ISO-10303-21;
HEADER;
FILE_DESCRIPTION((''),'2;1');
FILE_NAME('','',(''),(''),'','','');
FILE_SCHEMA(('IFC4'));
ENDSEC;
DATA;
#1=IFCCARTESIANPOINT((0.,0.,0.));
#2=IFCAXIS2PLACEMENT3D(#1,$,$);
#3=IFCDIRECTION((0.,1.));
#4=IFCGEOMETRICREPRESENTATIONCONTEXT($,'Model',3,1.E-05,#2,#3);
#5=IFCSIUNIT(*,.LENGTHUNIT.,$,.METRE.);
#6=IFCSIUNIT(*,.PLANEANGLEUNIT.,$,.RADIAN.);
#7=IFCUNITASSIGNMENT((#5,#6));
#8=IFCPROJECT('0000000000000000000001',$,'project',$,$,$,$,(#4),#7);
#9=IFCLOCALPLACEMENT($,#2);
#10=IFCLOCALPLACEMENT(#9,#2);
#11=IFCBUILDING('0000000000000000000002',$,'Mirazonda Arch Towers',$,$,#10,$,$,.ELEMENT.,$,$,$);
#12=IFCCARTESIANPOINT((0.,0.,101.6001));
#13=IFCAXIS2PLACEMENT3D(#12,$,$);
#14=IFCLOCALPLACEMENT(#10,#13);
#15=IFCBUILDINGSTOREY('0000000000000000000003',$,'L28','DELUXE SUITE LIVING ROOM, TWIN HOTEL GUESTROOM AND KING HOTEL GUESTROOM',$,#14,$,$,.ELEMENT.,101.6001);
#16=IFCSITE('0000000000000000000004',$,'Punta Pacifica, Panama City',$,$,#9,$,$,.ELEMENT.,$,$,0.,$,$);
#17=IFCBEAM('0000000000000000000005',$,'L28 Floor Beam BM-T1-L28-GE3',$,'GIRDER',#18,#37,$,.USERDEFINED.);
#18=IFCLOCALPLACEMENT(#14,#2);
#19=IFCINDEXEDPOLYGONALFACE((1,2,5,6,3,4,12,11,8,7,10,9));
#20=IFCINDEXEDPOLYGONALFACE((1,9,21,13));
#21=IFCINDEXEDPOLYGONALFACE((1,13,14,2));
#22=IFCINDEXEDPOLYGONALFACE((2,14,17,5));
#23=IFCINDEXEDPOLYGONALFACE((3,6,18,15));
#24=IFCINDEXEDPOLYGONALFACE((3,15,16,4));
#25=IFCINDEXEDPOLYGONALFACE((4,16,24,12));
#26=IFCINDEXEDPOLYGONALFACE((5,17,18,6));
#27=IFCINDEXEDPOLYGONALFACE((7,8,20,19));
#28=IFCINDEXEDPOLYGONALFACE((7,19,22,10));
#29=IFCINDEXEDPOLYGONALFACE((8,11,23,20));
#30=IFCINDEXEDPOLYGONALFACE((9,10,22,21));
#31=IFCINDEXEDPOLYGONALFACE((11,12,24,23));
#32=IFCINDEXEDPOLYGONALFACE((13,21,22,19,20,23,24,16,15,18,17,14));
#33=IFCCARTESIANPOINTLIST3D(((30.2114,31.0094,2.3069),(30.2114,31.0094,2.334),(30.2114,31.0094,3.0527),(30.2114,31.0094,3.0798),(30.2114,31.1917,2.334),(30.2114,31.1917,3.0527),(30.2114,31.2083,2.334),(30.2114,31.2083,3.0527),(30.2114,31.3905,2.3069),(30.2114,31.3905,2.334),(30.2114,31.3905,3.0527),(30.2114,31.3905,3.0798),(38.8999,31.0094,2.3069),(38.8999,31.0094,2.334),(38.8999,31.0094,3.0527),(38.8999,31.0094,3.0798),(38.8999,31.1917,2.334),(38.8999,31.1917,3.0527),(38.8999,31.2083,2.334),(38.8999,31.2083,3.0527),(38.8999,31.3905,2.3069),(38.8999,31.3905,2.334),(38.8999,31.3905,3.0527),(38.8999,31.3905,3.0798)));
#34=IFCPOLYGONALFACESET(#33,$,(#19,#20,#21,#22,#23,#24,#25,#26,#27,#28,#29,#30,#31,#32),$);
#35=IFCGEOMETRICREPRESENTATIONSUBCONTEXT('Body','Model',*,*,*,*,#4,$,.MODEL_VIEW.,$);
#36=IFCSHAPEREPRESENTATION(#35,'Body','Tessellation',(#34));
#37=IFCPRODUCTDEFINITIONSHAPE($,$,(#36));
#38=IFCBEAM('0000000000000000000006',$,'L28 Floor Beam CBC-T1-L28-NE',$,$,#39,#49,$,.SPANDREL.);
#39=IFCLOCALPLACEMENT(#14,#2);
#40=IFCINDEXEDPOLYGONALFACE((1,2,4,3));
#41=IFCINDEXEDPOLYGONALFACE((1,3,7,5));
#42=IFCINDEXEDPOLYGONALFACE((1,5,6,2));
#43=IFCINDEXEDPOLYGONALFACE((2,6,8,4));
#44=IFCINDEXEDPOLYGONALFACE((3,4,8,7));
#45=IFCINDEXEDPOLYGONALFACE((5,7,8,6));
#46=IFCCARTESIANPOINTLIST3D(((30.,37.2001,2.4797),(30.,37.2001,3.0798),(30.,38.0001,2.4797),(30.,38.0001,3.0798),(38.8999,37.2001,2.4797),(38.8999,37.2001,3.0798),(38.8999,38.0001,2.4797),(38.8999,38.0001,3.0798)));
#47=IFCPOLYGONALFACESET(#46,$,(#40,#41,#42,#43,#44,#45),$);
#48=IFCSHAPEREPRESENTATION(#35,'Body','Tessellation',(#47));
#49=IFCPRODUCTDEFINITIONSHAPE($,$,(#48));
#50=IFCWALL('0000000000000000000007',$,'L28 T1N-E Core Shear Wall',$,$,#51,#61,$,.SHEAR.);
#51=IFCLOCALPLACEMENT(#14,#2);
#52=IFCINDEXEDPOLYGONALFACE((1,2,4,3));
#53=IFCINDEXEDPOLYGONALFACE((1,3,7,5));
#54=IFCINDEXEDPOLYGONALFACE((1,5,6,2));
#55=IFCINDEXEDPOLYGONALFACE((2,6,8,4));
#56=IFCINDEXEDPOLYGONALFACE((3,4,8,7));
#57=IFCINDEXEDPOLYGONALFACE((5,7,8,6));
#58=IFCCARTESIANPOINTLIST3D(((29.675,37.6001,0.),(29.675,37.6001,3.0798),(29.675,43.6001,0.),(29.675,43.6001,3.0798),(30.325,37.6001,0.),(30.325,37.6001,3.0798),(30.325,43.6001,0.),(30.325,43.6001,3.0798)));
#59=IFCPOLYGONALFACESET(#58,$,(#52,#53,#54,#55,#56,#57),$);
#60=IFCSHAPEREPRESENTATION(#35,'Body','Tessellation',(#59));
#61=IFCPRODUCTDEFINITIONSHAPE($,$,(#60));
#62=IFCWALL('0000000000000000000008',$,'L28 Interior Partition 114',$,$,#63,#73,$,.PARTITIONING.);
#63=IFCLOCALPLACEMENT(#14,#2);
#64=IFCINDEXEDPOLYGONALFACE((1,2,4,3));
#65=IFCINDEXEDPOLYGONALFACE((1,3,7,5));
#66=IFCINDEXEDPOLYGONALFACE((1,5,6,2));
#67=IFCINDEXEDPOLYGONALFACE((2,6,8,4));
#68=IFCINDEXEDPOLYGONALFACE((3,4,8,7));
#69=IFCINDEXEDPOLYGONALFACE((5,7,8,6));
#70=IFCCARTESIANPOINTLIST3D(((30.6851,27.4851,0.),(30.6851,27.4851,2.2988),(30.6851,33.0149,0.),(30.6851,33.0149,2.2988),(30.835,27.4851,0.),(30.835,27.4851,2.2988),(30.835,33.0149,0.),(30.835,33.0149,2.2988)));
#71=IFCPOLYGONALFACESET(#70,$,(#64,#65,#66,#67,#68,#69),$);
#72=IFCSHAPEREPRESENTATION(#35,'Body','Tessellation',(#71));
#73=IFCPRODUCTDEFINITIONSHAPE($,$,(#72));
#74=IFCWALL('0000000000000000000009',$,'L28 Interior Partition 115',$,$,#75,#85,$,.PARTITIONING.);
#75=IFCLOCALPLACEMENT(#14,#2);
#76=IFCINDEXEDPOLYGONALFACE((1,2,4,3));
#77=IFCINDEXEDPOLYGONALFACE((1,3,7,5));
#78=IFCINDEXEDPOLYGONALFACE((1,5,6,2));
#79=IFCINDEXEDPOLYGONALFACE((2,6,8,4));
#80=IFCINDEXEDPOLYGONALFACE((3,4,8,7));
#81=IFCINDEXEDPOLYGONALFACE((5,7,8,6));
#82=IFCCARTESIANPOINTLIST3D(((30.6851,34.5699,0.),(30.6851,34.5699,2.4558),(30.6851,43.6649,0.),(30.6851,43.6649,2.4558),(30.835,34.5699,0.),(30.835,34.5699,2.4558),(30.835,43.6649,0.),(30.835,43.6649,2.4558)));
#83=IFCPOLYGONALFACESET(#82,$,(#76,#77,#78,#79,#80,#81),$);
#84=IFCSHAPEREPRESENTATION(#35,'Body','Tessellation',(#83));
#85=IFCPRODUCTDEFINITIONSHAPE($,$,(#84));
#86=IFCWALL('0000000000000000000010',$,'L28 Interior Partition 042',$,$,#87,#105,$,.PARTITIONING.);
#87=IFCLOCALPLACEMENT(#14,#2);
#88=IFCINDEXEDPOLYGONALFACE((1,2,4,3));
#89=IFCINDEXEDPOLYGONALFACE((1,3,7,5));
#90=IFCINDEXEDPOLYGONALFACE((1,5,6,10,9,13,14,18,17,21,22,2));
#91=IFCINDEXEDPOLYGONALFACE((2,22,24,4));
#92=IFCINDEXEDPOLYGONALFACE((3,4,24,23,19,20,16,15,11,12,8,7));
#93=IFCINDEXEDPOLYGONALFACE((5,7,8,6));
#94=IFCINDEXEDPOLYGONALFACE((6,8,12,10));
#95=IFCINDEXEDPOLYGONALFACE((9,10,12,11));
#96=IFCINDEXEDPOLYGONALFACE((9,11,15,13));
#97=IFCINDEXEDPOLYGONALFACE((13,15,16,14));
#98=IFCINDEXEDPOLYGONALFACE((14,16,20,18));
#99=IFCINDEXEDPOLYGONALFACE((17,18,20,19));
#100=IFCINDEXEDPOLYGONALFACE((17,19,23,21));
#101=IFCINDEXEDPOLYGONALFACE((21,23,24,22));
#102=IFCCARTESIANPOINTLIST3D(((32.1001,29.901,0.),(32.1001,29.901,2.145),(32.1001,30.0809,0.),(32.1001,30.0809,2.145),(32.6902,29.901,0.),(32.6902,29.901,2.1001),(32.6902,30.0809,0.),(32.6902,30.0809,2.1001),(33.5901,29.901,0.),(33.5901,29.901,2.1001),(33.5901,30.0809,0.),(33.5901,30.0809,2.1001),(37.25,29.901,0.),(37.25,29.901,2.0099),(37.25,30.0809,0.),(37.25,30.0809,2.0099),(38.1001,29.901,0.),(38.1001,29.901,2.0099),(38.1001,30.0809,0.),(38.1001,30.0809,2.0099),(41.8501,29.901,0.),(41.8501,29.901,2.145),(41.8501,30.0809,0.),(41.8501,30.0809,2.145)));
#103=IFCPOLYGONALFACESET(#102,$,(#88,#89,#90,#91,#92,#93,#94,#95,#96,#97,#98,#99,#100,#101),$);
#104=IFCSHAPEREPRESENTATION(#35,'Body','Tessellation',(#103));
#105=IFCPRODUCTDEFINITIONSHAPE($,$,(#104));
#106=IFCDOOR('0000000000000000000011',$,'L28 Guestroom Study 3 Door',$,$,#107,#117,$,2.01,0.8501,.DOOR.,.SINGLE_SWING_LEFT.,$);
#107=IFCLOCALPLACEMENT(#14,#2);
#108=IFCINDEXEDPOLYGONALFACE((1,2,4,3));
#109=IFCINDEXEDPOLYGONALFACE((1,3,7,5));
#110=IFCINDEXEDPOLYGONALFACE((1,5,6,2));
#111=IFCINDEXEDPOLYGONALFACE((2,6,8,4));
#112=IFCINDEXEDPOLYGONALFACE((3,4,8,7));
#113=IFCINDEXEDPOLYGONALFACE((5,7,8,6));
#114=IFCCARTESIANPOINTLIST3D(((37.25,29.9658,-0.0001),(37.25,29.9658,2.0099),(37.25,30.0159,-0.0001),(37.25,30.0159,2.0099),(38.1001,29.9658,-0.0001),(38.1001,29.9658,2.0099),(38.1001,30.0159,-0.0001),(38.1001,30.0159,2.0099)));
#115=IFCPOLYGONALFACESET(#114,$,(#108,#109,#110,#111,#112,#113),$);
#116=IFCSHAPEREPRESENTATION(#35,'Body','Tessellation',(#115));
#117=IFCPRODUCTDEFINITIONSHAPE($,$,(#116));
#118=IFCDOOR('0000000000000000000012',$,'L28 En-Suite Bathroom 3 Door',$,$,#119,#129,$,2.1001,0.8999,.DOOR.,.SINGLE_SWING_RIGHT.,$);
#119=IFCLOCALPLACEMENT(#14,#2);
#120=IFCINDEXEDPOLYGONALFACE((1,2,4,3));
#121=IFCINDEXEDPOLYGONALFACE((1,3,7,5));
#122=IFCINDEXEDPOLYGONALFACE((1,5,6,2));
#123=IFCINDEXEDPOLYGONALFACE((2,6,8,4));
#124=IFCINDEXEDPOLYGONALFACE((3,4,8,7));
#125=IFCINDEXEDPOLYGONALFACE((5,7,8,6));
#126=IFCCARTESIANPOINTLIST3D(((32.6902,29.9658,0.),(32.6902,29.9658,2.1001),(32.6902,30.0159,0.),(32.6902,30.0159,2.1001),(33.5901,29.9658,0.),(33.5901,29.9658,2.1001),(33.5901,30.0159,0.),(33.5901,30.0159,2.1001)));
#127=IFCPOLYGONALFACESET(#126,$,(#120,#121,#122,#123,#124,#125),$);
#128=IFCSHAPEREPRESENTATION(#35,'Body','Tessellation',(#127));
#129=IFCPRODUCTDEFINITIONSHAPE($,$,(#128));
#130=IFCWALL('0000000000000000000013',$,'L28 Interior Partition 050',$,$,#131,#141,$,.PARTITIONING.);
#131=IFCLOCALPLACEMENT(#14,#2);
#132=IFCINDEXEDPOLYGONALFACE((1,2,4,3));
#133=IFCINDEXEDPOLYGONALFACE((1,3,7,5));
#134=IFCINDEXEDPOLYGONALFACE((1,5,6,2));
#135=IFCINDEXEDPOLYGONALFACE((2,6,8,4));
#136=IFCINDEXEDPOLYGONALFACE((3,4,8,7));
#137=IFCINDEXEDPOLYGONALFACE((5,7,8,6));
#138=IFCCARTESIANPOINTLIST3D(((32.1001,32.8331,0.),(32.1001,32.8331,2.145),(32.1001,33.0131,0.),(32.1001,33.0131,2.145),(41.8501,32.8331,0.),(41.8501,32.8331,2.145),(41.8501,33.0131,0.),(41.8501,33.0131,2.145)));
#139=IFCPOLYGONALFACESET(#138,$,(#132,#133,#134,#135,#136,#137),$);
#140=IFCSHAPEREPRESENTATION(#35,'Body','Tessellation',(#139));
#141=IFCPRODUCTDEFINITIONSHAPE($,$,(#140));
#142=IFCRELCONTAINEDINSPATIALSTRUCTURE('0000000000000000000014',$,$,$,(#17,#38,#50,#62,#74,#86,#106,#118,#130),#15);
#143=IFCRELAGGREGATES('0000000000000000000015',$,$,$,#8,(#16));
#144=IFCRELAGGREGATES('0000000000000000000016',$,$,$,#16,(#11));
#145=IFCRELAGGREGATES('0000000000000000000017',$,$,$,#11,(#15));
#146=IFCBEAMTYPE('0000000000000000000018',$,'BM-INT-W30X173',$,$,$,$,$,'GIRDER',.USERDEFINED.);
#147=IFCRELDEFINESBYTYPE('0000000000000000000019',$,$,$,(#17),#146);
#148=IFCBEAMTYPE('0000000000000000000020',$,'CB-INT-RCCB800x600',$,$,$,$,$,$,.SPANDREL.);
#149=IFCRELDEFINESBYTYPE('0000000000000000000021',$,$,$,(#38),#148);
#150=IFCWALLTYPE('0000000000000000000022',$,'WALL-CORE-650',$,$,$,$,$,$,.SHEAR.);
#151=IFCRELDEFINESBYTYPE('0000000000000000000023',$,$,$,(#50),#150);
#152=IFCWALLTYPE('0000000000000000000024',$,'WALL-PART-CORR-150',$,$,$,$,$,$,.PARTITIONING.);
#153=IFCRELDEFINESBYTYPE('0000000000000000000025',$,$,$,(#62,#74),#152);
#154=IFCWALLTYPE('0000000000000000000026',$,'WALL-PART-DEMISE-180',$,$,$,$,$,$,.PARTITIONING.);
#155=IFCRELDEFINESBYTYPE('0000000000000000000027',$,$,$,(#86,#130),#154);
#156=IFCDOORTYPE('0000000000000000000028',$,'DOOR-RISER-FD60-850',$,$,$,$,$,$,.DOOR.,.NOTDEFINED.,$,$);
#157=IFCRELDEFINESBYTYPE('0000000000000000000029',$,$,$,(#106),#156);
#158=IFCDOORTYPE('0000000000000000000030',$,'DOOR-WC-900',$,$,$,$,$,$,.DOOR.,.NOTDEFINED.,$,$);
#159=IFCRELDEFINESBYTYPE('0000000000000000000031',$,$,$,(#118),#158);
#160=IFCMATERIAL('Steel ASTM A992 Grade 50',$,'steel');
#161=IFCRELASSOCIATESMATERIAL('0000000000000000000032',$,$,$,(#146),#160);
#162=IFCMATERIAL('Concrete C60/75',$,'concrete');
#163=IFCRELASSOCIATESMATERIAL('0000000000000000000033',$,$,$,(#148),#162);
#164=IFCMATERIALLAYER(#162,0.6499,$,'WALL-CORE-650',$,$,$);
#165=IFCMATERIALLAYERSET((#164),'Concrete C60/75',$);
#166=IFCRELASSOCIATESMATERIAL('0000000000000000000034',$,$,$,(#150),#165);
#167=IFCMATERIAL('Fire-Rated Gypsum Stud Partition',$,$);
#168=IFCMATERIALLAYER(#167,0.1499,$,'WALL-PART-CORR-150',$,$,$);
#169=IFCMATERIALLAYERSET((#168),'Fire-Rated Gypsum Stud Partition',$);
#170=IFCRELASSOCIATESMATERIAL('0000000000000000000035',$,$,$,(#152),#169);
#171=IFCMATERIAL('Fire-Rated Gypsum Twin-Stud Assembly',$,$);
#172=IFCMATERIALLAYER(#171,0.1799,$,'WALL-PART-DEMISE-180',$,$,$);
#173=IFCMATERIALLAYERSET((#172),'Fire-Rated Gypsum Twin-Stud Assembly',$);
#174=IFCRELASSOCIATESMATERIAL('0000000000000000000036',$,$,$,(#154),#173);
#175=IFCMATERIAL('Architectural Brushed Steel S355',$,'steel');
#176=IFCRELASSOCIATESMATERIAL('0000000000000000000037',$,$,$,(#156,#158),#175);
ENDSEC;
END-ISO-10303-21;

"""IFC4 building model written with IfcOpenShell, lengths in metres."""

from ifc_helpers import new_model, si_unit, direction, frame, frame_2d, origin, origin_2d, place, context, subcontext, project, spatial, rectangle, i_section, extrude, material, layer, layer_set, material_profile, profile_set, type_object, element, fill, save


model = new_model("IFC4")

# Units and contexts
model_context = context("Model", 3, precision=1e-05, world=origin(), true_north=direction((0.0, 1.0)))
body_context = subcontext(model_context, "Body", "Model", "MODEL_VIEW")
ifc_project = project(units=[si_unit("LENGTHUNIT", "METRE"), si_unit("PLANEANGLEUNIT", "RADIAN")], contexts=[model_context])

# Site, building, storey
site_placement = place(None, origin())
site = spatial("IfcSite", under=ifc_project, at=site_placement, Name="Punta Pacifica, Panama City", CompositionType="ELEMENT", RefElevation=0.0)
building_placement = place(site_placement, origin())
building = spatial("IfcBuilding", under=site, at=building_placement, Name="Mirazonda Arch Towers", CompositionType="ELEMENT")
storey_placement = place(building_placement, frame((0.0, 0.0, 101.6001)))
storey = spatial("IfcBuildingStorey", under=building, at=storey_placement, Name="L28", Description="DELUXE SUITE LIVING ROOM, TWIN HOTEL GUESTROOM AND KING HOTEL GUESTROOM", CompositionType="ELEMENT", Elevation=101.6001)

# Beams
ifc_material_1 = material(Name="Steel ASTM A992 Grade 50", Category="steel")
ifc_material_profile_1 = material_profile(ifc_material_1, i_section(OverallWidth=0.3811, OverallDepth=0.7729, WebThickness=0.0166, FlangeThickness=0.0271, at=origin_2d()), Name="W30X173")
ifc_profile_set_1 = profile_set([ifc_material_profile_1], Name="Steel ASTM A992 Grade 50")
beam_type_1 = type_object("IfcBeamType", Name="BM-INT-W30X173", ElementType="GIRDER", PredefinedType="USERDEFINED", material=ifc_profile_set_1)
beam_1_placement = place(storey_placement, frame((30.2114, 31.2, 2.6934), z_axis=(1.0, 0.0, 0.0), x_axis=(0.0, 1.0, 0.0)))
element("IfcBeam", 1, at=beam_1_placement, inside=storey, type_object=beam_type_1, Name="L28 Floor Beam BM-T1-L28-GE3", ObjectType="GIRDER", PredefinedType="USERDEFINED", context=body_context, shape_type="SweptSolid", body=[
    extrude(i_section(OverallWidth=0.3811, OverallDepth=0.7729, WebThickness=0.0166, FlangeThickness=0.0271, at=origin_2d()), origin(), (0.0, 0.0, 1.0), 8.6885),
])
ifc_material_2 = material(Name="Concrete C60/75", Category="concrete")
ifc_material_profile_2 = material_profile(ifc_material_2, rectangle(XDim=0.8, YDim=0.6001, at=origin_2d()), Name="RCCB800x600")
ifc_profile_set_2 = profile_set([ifc_material_profile_2], Name="Concrete C60/75")
beam_type_2 = type_object("IfcBeamType", Name="CB-INT-RCCB800x600", PredefinedType="SPANDREL", material=ifc_profile_set_2)
beam_2_placement = place(storey_placement, frame((30.0, 37.6001, 2.7798), z_axis=(1.0, 0.0, 0.0), x_axis=(0.0, 1.0, 0.0)))
element("IfcBeam", 2, at=beam_2_placement, inside=storey, type_object=beam_type_2, Name="L28 Floor Beam CBC-T1-L28-NE", PredefinedType="SPANDREL", context=body_context, shape_type="SweptSolid", body=[
    extrude(rectangle(XDim=0.8, YDim=0.6001, at=origin_2d()), origin(), (0.0, 0.0, 1.0), 8.8999),
])

# Walls
ifc_layer_1 = layer(ifc_material_2, 0.6499, Name="WALL-CORE-650")
ifc_layer_set_1 = layer_set([ifc_layer_1], Name="Concrete C60/75")
wall_type_1 = type_object("IfcWallType", Name="WALL-CORE-650", PredefinedType="SHEAR", material=ifc_layer_set_1)
wall_1_placement = place(storey_placement, frame((30.0, 37.6001, 0.0), z_axis=(0.0, 0.0, 1.0), x_axis=(0.0, 1.0, 0.0)))
element("IfcWall", 3, at=wall_1_placement, inside=storey, type_object=wall_type_1, Name="L28 T1N-E Core Shear Wall", PredefinedType="SHEAR", context=body_context, shape_type="SweptSolid", body=[
    extrude(rectangle(XDim=6.0, YDim=0.6499, at=frame_2d((3.0, 0.0))), origin(), (0.0, 0.0, 1.0), 3.0798),
])
ifc_material_3 = material(Name="Fire-Rated Gypsum Stud Partition")
ifc_layer_2 = layer(ifc_material_3, 0.1499, Name="WALL-PART-CORR-150")
ifc_layer_set_2 = layer_set([ifc_layer_2], Name="Fire-Rated Gypsum Stud Partition")
wall_type_2 = type_object("IfcWallType", Name="WALL-PART-CORR-150", PredefinedType="PARTITIONING", material=ifc_layer_set_2)
wall_2_placement = place(storey_placement, frame((30.76, 27.4851, 0.0), z_axis=(0.0, 0.0, 1.0), x_axis=(0.0, 1.0, 0.0)))
element("IfcWall", 4, at=wall_2_placement, inside=storey, type_object=wall_type_2, Name="L28 Interior Partition 114", PredefinedType="PARTITIONING", context=body_context, shape_type="SweptSolid", body=[
    extrude(rectangle(XDim=5.5298, YDim=0.1499, at=frame_2d((2.7649, 0.0))), origin(), (0.0, 0.0, 1.0), 2.2988),
])
wall_3_placement = place(storey_placement, frame((30.76, 34.5701, 0.0), z_axis=(0.0, 0.0, 1.0), x_axis=(0.0, 1.0, 0.0)))
element("IfcWall", 5, at=wall_3_placement, inside=storey, type_object=wall_type_2, Name="L28 Interior Partition 115", PredefinedType="PARTITIONING", context=body_context, shape_type="SweptSolid", body=[
    extrude(rectangle(XDim=9.095, YDim=0.1499, at=frame_2d((4.5474, 0.0))), origin(), (0.0, 0.0, 1.0), 2.4558),
])

# Wall, openings, doors
ifc_material_4 = material(Name="Fire-Rated Gypsum Twin-Stud Assembly")
ifc_layer_3 = layer(ifc_material_4, 0.1799, Name="WALL-PART-DEMISE-180")
ifc_layer_set_3 = layer_set([ifc_layer_3], Name="Fire-Rated Gypsum Twin-Stud Assembly")
wall_type_3 = type_object("IfcWallType", Name="WALL-PART-DEMISE-180", PredefinedType="PARTITIONING", material=ifc_layer_set_3)
wall_4_placement = place(storey_placement, frame((32.1001, 29.991, 0.0), z_axis=(0.0, 0.0, 1.0), x_axis=(1.0, 0.0, 0.0)))
wall_4 = element("IfcWall", 6, at=wall_4_placement, inside=storey, type_object=wall_type_3, Name="L28 Interior Partition 042", PredefinedType="PARTITIONING", context=body_context, shape_type="SweptSolid", body=[
    extrude(rectangle(XDim=9.75, YDim=0.1799, at=frame_2d((4.875, 0.0))), origin(), (0.0, 0.0, 1.0), 2.145),
])
opening_1_placement = place(wall_4_placement, frame((5.1499, 0.0, 0.0)))
opening_1 = element("IfcOpeningElement", 7, at=opening_1_placement, cuts=wall_4, PredefinedType="OPENING", context=body_context, shape_type="SweptSolid", body=[
    extrude(rectangle(XDim=0.8501, YDim=2.01, at=frame_2d((0.425, 1.0049))), frame((0.0, 0.0999, 0.0), z_axis=(0.0, -1.0, 0.0), x_axis=(1.0, 0.0, 0.0)), (0.0, 0.0, 1.0), 0.2),
])
opening_2_placement = place(wall_4_placement, frame((0.5901, 0.0, 0.0)))
opening_2 = element("IfcOpeningElement", 8, at=opening_2_placement, cuts=wall_4, PredefinedType="OPENING", context=body_context, shape_type="SweptSolid", body=[
    extrude(rectangle(XDim=0.8999, YDim=2.1001, at=frame_2d((0.45, 1.05))), frame((0.0, 0.0999, 0.0), z_axis=(0.0, -1.0, 0.0), x_axis=(1.0, 0.0, 0.0)), (0.0, 0.0, 1.0), 0.2),
])
ifc_material_5 = material(Name="Architectural Brushed Steel S355", Category="steel")
door_type_1 = type_object("IfcDoorType", Name="DOOR-RISER-FD60-850", OperationType="NOTDEFINED", PredefinedType="DOOR", material=ifc_material_5)
door_1_placement = place(opening_1_placement, origin())
door_1 = element("IfcDoor", 9, at=door_1_placement, inside=storey, type_object=door_type_1, Name="L28 Guestroom Study 3 Door", OperationType="SINGLE_SWING_LEFT", OverallHeight=2.01, OverallWidth=0.8501, PredefinedType="DOOR", context=body_context, shape_type="SweptSolid", body=[
    extrude(rectangle(XDim=0.8501, YDim=2.01, at=frame_2d((0.425, 1.0049))), frame((0.0, 0.0249, 0.0), z_axis=(0.0, -1.0, 0.0), x_axis=(1.0, 0.0, 0.0)), (0.0, 0.0, 1.0), 0.05),
])
fill(opening_1, door_1)
door_type_2 = type_object("IfcDoorType", Name="DOOR-WC-900", OperationType="NOTDEFINED", PredefinedType="DOOR", material=ifc_material_5)
door_2_placement = place(opening_2_placement, origin())
door_2 = element("IfcDoor", 10, at=door_2_placement, inside=storey, type_object=door_type_2, Name="L28 En-Suite Bathroom 3 Door", OperationType="SINGLE_SWING_RIGHT", OverallHeight=2.1001, OverallWidth=0.8999, PredefinedType="DOOR", context=body_context, shape_type="SweptSolid", body=[
    extrude(rectangle(XDim=0.8999, YDim=2.1001, at=frame_2d((0.45, 1.05))), frame((0.0, 0.0249, 0.0), z_axis=(0.0, -1.0, 0.0), x_axis=(1.0, 0.0, 0.0)), (0.0, 0.0, 1.0), 0.05),
])
fill(opening_2, door_2)

# Wall
wall_5_placement = place(storey_placement, frame((32.1001, 32.9231, 0.0), z_axis=(0.0, 0.0, 1.0), x_axis=(1.0, 0.0, 0.0)))
element("IfcWall", 11, at=wall_5_placement, inside=storey, type_object=wall_type_3, Name="L28 Interior Partition 050", PredefinedType="PARTITIONING", context=body_context, shape_type="SweptSolid", body=[
    extrude(rectangle(XDim=9.75, YDim=0.1799, at=frame_2d((4.875, 0.0))), origin(), (0.0, 0.0, 1.0), 2.145),
])

save(model, "model.ifc")
